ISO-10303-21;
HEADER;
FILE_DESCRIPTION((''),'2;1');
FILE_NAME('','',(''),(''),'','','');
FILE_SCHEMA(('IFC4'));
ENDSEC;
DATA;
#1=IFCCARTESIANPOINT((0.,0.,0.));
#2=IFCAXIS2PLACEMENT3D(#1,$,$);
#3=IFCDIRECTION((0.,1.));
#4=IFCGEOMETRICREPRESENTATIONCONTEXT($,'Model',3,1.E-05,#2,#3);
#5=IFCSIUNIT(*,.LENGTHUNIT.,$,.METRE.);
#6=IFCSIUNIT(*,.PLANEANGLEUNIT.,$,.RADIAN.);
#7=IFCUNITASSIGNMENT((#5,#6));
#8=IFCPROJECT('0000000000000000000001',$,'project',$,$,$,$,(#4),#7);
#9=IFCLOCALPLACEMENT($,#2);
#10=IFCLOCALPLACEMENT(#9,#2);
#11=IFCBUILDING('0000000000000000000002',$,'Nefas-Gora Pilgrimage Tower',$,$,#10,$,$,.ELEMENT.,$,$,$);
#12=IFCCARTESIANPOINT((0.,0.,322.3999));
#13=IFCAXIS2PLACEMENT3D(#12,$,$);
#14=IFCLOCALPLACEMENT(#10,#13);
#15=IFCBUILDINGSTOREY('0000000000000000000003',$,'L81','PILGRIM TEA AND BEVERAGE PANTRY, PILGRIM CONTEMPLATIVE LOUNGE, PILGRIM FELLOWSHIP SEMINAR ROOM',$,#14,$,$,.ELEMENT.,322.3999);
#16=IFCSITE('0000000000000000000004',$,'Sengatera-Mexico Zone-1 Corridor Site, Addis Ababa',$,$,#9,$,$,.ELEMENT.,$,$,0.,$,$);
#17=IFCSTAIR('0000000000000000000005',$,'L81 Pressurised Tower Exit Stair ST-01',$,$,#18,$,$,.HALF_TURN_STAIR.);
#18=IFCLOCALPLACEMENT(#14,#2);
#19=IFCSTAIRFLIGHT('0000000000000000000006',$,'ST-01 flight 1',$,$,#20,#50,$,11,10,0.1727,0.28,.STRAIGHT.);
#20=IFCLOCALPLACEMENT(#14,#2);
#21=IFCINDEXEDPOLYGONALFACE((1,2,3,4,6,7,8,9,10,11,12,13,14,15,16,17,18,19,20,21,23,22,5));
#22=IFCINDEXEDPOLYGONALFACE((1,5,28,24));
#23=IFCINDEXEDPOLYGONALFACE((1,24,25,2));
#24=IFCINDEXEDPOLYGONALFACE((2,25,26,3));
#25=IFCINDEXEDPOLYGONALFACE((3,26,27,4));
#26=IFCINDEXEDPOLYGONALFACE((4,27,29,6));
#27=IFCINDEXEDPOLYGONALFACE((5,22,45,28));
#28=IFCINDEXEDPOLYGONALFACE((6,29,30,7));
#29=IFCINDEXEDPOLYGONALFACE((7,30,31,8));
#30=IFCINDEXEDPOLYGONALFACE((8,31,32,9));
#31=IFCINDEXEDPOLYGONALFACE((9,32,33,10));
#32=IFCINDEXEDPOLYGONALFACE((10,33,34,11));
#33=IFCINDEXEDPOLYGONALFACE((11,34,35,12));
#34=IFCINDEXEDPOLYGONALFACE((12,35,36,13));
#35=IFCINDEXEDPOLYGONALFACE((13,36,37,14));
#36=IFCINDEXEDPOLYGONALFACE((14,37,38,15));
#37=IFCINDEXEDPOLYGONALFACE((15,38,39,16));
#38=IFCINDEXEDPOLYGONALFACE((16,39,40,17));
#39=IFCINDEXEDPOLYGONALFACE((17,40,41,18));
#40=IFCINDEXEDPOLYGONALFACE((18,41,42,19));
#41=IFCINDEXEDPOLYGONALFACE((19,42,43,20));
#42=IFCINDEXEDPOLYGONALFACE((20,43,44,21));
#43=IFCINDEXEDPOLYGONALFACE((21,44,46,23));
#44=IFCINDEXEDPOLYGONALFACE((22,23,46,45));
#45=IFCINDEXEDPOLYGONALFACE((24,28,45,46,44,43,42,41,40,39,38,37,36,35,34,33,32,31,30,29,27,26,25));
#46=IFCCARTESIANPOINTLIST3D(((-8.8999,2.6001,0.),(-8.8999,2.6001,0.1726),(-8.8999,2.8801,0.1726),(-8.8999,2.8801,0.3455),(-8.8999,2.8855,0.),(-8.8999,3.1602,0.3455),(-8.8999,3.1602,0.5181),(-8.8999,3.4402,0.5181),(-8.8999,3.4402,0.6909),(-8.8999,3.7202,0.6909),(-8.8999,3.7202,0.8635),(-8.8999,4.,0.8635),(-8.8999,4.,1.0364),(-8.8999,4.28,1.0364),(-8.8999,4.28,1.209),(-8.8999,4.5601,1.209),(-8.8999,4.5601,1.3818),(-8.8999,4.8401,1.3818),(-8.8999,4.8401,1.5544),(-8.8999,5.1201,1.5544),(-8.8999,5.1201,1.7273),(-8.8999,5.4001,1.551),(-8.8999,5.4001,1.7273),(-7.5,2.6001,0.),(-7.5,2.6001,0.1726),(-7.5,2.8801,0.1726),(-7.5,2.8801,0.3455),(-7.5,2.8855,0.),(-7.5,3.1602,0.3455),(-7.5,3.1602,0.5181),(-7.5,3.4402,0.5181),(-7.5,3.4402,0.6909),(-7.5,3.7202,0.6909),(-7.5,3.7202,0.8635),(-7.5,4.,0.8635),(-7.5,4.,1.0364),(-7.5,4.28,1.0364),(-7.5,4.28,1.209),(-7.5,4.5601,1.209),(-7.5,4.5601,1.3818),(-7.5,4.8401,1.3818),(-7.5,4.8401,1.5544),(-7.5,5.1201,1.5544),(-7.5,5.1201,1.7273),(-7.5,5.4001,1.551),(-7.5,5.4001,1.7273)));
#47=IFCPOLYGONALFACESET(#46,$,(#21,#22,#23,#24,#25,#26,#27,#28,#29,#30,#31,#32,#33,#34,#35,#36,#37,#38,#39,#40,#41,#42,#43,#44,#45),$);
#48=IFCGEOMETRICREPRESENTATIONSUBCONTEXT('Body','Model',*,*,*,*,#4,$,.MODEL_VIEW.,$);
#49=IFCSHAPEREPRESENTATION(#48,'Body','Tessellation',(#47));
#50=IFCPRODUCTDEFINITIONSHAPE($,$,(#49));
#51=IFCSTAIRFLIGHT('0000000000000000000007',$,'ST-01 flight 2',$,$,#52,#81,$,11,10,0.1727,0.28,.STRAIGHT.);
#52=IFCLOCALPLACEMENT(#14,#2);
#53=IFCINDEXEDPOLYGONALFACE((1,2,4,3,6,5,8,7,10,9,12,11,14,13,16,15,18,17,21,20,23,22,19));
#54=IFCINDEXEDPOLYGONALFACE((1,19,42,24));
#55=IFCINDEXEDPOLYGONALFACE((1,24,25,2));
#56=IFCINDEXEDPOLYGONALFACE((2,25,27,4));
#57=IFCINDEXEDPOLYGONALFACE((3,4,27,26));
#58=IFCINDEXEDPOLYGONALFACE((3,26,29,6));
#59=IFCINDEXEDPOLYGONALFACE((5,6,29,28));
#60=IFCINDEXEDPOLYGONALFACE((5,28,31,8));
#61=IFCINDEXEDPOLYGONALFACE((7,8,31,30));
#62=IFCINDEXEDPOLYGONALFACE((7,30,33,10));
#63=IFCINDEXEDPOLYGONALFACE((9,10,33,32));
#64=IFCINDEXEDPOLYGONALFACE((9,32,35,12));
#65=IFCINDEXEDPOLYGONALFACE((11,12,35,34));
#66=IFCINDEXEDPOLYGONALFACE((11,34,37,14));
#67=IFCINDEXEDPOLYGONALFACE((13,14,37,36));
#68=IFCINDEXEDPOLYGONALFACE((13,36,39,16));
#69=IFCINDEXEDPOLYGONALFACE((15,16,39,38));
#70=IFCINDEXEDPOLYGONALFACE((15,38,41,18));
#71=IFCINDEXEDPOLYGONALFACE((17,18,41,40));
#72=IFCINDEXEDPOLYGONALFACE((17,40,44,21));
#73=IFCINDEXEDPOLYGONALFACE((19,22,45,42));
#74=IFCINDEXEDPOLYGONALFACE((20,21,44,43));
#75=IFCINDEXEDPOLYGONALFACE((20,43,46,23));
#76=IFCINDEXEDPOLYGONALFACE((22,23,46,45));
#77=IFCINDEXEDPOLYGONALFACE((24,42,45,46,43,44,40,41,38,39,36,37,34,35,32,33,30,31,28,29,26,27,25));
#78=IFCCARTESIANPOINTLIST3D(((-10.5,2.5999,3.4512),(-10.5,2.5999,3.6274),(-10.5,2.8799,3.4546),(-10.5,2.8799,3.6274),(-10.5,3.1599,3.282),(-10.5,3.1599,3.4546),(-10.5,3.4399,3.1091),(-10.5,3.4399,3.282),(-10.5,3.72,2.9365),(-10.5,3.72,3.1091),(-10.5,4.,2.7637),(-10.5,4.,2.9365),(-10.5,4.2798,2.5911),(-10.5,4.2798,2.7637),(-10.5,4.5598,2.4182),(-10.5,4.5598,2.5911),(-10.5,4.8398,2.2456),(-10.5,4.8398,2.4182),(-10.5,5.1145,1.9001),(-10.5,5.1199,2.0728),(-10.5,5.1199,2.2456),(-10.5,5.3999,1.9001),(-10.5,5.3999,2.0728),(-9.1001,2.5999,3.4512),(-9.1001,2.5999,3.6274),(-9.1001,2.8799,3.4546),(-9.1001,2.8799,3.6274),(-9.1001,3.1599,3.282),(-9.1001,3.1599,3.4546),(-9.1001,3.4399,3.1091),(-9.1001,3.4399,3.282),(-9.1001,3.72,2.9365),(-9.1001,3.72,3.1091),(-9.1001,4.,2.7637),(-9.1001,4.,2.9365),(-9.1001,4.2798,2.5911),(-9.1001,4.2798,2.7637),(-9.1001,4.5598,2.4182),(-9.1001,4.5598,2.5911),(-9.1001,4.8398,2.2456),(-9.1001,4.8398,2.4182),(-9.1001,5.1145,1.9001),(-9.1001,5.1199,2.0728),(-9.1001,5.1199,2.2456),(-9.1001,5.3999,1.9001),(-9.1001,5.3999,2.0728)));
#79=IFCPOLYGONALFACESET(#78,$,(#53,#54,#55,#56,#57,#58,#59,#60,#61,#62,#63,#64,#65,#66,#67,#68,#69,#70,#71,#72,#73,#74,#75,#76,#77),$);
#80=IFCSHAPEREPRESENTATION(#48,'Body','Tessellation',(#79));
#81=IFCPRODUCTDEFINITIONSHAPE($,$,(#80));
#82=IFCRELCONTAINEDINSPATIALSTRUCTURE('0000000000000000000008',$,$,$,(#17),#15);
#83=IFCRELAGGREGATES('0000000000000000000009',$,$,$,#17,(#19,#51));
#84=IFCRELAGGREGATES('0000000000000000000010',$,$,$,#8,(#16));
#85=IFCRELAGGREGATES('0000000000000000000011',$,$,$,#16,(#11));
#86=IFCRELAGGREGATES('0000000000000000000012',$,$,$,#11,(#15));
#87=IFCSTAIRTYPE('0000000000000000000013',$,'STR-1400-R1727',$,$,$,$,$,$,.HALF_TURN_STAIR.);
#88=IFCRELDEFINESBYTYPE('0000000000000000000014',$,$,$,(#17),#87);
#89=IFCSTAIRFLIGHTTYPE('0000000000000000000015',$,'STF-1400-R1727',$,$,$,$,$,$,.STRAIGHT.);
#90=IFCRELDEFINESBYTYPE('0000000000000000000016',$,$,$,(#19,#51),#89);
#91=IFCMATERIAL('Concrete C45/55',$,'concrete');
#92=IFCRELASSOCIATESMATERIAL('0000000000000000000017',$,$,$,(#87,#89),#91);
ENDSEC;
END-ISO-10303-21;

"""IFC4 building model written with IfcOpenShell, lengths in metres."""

from ifc_helpers import new_model, si_unit, direction, frame, origin, place, context, subcontext, project, spatial, polyline, outline, extrude, source, transform, mapped, material, type_object, element, aggregate, save


model = new_model("IFC4")

# Units and contexts
model_context = context("Model", 3, precision=1e-05, world=origin(), true_north=direction((0.0, 1.0)))
body_context = subcontext(model_context, "Body", "Model", "MODEL_VIEW")
ifc_project = project(units=[si_unit("LENGTHUNIT", "METRE"), si_unit("PLANEANGLEUNIT", "RADIAN")], contexts=[model_context])

# Site, building, storey
site_placement = place(None, origin())
site = spatial("IfcSite", under=ifc_project, at=site_placement, Name="Sengatera-Mexico Zone-1 Corridor Site, Addis Ababa", CompositionType="ELEMENT", RefElevation=0.0)
building_placement = place(site_placement, origin())
building = spatial("IfcBuilding", under=site, at=building_placement, Name="Nefas-Gora Pilgrimage Tower", CompositionType="ELEMENT")
storey_placement = place(building_placement, frame((0.0, 0.0, 322.3999)))
storey = spatial("IfcBuildingStorey", under=building, at=storey_placement, Name="L81", Description="PILGRIM TEA AND BEVERAGE PANTRY, PILGRIM CONTEMPLATIVE LOUNGE, PILGRIM FELLOWSHIP SEMINAR ROOM", CompositionType="ELEMENT", Elevation=322.3999)

# Shared definitions
ifc_material_1 = material(Name="Concrete C45/55", Category="concrete")

# Stair, stair flights
stair_type = type_object("IfcStairType", Name="STR-1400-R1727", PredefinedType="HALF_TURN_STAIR", material=ifc_material_1)
stair_placement = place(storey_placement, origin())
stair = element("IfcStair", 1, at=stair_placement, inside=storey, type_object=stair_type, Name="L81 Pressurised Tower Exit Stair ST-01", PredefinedType="HALF_TURN_STAIR")
stair_flight_type = type_object("IfcStairFlightType", Name="STF-1400-R1727", PredefinedType="STRAIGHT", material=ifc_material_1)
shared_shape_1 = source(origin(), body_context, "Body", "SweptSolid", [
    extrude(outline(polyline([(0.0, 0.0), (0.0, 0.1726), (0.28, 0.1726), (0.28, 0.3455), (0.5601, 0.3455), (0.5601, 0.5181), (0.8401, 0.5181), (0.8401, 0.6909), (1.1201, 0.6909), (1.1201, 0.8635), (1.3999, 0.8635), (1.3999, 1.0364), (1.6799, 1.0364), (1.6799, 1.209), (1.96, 1.209), (1.96, 1.3818), (2.24, 1.3818), (2.24, 1.5544), (2.52, 1.5544), (2.52, 1.7273), (2.8, 1.7273), (2.8, 1.8999), (2.8, 1.551), (0.2854, 0.0), (0.0, 0.0)])), frame((0.0, 0.7, 0.0), z_axis=(0.0, -1.0, 0.0), x_axis=(1.0, 0.0, 0.0)), (0.0, 0.0, 1.0), 1.3999),
])
stair_flight_1_placement = place(storey_placement, frame((-8.2, 2.6001, 0.0), z_axis=(0.0, 0.0, 1.0), x_axis=(0.0, 1.0, 0.0)))
stair_flight_1 = element("IfcStairFlight", 2, at=stair_flight_1_placement, type_object=stair_flight_type, Name="ST-01 flight 1", NumberOfRisers=11, NumberOfTreads=10, PredefinedType="STRAIGHT", RiserHeight=0.1727, TreadLength=0.28, context=body_context, shape_type="MappedRepresentation", body=[
    mapped(shared_shape_1, transform((0.0, 0.0, 0.0), x_axis=(1.0, 0.0, 0.0), y_axis=(0.0, 1.0, 0.0), z_axis=(0.0, 0.0, 1.0), scale=1.0)),
])
stair_flight_2_placement = place(storey_placement, frame((-9.8, 5.3999, 1.9001), z_axis=(0.0, 0.0, 1.0), x_axis=(0.0, -1.0, 0.0)))
stair_flight_2 = element("IfcStairFlight", 3, at=stair_flight_2_placement, type_object=stair_flight_type, Name="ST-01 flight 2", NumberOfRisers=11, NumberOfTreads=10, PredefinedType="STRAIGHT", RiserHeight=0.1727, TreadLength=0.28, context=body_context, shape_type="MappedRepresentation", body=[
    mapped(shared_shape_1, transform((0.0, 0.0, 0.0), x_axis=(1.0, 0.0, 0.0), y_axis=(0.0, 1.0, 0.0), z_axis=(0.0, 0.0, 1.0), scale=1.0)),
])
aggregate(stair, [stair_flight_1, stair_flight_2])

save(model, "model.ifc")
